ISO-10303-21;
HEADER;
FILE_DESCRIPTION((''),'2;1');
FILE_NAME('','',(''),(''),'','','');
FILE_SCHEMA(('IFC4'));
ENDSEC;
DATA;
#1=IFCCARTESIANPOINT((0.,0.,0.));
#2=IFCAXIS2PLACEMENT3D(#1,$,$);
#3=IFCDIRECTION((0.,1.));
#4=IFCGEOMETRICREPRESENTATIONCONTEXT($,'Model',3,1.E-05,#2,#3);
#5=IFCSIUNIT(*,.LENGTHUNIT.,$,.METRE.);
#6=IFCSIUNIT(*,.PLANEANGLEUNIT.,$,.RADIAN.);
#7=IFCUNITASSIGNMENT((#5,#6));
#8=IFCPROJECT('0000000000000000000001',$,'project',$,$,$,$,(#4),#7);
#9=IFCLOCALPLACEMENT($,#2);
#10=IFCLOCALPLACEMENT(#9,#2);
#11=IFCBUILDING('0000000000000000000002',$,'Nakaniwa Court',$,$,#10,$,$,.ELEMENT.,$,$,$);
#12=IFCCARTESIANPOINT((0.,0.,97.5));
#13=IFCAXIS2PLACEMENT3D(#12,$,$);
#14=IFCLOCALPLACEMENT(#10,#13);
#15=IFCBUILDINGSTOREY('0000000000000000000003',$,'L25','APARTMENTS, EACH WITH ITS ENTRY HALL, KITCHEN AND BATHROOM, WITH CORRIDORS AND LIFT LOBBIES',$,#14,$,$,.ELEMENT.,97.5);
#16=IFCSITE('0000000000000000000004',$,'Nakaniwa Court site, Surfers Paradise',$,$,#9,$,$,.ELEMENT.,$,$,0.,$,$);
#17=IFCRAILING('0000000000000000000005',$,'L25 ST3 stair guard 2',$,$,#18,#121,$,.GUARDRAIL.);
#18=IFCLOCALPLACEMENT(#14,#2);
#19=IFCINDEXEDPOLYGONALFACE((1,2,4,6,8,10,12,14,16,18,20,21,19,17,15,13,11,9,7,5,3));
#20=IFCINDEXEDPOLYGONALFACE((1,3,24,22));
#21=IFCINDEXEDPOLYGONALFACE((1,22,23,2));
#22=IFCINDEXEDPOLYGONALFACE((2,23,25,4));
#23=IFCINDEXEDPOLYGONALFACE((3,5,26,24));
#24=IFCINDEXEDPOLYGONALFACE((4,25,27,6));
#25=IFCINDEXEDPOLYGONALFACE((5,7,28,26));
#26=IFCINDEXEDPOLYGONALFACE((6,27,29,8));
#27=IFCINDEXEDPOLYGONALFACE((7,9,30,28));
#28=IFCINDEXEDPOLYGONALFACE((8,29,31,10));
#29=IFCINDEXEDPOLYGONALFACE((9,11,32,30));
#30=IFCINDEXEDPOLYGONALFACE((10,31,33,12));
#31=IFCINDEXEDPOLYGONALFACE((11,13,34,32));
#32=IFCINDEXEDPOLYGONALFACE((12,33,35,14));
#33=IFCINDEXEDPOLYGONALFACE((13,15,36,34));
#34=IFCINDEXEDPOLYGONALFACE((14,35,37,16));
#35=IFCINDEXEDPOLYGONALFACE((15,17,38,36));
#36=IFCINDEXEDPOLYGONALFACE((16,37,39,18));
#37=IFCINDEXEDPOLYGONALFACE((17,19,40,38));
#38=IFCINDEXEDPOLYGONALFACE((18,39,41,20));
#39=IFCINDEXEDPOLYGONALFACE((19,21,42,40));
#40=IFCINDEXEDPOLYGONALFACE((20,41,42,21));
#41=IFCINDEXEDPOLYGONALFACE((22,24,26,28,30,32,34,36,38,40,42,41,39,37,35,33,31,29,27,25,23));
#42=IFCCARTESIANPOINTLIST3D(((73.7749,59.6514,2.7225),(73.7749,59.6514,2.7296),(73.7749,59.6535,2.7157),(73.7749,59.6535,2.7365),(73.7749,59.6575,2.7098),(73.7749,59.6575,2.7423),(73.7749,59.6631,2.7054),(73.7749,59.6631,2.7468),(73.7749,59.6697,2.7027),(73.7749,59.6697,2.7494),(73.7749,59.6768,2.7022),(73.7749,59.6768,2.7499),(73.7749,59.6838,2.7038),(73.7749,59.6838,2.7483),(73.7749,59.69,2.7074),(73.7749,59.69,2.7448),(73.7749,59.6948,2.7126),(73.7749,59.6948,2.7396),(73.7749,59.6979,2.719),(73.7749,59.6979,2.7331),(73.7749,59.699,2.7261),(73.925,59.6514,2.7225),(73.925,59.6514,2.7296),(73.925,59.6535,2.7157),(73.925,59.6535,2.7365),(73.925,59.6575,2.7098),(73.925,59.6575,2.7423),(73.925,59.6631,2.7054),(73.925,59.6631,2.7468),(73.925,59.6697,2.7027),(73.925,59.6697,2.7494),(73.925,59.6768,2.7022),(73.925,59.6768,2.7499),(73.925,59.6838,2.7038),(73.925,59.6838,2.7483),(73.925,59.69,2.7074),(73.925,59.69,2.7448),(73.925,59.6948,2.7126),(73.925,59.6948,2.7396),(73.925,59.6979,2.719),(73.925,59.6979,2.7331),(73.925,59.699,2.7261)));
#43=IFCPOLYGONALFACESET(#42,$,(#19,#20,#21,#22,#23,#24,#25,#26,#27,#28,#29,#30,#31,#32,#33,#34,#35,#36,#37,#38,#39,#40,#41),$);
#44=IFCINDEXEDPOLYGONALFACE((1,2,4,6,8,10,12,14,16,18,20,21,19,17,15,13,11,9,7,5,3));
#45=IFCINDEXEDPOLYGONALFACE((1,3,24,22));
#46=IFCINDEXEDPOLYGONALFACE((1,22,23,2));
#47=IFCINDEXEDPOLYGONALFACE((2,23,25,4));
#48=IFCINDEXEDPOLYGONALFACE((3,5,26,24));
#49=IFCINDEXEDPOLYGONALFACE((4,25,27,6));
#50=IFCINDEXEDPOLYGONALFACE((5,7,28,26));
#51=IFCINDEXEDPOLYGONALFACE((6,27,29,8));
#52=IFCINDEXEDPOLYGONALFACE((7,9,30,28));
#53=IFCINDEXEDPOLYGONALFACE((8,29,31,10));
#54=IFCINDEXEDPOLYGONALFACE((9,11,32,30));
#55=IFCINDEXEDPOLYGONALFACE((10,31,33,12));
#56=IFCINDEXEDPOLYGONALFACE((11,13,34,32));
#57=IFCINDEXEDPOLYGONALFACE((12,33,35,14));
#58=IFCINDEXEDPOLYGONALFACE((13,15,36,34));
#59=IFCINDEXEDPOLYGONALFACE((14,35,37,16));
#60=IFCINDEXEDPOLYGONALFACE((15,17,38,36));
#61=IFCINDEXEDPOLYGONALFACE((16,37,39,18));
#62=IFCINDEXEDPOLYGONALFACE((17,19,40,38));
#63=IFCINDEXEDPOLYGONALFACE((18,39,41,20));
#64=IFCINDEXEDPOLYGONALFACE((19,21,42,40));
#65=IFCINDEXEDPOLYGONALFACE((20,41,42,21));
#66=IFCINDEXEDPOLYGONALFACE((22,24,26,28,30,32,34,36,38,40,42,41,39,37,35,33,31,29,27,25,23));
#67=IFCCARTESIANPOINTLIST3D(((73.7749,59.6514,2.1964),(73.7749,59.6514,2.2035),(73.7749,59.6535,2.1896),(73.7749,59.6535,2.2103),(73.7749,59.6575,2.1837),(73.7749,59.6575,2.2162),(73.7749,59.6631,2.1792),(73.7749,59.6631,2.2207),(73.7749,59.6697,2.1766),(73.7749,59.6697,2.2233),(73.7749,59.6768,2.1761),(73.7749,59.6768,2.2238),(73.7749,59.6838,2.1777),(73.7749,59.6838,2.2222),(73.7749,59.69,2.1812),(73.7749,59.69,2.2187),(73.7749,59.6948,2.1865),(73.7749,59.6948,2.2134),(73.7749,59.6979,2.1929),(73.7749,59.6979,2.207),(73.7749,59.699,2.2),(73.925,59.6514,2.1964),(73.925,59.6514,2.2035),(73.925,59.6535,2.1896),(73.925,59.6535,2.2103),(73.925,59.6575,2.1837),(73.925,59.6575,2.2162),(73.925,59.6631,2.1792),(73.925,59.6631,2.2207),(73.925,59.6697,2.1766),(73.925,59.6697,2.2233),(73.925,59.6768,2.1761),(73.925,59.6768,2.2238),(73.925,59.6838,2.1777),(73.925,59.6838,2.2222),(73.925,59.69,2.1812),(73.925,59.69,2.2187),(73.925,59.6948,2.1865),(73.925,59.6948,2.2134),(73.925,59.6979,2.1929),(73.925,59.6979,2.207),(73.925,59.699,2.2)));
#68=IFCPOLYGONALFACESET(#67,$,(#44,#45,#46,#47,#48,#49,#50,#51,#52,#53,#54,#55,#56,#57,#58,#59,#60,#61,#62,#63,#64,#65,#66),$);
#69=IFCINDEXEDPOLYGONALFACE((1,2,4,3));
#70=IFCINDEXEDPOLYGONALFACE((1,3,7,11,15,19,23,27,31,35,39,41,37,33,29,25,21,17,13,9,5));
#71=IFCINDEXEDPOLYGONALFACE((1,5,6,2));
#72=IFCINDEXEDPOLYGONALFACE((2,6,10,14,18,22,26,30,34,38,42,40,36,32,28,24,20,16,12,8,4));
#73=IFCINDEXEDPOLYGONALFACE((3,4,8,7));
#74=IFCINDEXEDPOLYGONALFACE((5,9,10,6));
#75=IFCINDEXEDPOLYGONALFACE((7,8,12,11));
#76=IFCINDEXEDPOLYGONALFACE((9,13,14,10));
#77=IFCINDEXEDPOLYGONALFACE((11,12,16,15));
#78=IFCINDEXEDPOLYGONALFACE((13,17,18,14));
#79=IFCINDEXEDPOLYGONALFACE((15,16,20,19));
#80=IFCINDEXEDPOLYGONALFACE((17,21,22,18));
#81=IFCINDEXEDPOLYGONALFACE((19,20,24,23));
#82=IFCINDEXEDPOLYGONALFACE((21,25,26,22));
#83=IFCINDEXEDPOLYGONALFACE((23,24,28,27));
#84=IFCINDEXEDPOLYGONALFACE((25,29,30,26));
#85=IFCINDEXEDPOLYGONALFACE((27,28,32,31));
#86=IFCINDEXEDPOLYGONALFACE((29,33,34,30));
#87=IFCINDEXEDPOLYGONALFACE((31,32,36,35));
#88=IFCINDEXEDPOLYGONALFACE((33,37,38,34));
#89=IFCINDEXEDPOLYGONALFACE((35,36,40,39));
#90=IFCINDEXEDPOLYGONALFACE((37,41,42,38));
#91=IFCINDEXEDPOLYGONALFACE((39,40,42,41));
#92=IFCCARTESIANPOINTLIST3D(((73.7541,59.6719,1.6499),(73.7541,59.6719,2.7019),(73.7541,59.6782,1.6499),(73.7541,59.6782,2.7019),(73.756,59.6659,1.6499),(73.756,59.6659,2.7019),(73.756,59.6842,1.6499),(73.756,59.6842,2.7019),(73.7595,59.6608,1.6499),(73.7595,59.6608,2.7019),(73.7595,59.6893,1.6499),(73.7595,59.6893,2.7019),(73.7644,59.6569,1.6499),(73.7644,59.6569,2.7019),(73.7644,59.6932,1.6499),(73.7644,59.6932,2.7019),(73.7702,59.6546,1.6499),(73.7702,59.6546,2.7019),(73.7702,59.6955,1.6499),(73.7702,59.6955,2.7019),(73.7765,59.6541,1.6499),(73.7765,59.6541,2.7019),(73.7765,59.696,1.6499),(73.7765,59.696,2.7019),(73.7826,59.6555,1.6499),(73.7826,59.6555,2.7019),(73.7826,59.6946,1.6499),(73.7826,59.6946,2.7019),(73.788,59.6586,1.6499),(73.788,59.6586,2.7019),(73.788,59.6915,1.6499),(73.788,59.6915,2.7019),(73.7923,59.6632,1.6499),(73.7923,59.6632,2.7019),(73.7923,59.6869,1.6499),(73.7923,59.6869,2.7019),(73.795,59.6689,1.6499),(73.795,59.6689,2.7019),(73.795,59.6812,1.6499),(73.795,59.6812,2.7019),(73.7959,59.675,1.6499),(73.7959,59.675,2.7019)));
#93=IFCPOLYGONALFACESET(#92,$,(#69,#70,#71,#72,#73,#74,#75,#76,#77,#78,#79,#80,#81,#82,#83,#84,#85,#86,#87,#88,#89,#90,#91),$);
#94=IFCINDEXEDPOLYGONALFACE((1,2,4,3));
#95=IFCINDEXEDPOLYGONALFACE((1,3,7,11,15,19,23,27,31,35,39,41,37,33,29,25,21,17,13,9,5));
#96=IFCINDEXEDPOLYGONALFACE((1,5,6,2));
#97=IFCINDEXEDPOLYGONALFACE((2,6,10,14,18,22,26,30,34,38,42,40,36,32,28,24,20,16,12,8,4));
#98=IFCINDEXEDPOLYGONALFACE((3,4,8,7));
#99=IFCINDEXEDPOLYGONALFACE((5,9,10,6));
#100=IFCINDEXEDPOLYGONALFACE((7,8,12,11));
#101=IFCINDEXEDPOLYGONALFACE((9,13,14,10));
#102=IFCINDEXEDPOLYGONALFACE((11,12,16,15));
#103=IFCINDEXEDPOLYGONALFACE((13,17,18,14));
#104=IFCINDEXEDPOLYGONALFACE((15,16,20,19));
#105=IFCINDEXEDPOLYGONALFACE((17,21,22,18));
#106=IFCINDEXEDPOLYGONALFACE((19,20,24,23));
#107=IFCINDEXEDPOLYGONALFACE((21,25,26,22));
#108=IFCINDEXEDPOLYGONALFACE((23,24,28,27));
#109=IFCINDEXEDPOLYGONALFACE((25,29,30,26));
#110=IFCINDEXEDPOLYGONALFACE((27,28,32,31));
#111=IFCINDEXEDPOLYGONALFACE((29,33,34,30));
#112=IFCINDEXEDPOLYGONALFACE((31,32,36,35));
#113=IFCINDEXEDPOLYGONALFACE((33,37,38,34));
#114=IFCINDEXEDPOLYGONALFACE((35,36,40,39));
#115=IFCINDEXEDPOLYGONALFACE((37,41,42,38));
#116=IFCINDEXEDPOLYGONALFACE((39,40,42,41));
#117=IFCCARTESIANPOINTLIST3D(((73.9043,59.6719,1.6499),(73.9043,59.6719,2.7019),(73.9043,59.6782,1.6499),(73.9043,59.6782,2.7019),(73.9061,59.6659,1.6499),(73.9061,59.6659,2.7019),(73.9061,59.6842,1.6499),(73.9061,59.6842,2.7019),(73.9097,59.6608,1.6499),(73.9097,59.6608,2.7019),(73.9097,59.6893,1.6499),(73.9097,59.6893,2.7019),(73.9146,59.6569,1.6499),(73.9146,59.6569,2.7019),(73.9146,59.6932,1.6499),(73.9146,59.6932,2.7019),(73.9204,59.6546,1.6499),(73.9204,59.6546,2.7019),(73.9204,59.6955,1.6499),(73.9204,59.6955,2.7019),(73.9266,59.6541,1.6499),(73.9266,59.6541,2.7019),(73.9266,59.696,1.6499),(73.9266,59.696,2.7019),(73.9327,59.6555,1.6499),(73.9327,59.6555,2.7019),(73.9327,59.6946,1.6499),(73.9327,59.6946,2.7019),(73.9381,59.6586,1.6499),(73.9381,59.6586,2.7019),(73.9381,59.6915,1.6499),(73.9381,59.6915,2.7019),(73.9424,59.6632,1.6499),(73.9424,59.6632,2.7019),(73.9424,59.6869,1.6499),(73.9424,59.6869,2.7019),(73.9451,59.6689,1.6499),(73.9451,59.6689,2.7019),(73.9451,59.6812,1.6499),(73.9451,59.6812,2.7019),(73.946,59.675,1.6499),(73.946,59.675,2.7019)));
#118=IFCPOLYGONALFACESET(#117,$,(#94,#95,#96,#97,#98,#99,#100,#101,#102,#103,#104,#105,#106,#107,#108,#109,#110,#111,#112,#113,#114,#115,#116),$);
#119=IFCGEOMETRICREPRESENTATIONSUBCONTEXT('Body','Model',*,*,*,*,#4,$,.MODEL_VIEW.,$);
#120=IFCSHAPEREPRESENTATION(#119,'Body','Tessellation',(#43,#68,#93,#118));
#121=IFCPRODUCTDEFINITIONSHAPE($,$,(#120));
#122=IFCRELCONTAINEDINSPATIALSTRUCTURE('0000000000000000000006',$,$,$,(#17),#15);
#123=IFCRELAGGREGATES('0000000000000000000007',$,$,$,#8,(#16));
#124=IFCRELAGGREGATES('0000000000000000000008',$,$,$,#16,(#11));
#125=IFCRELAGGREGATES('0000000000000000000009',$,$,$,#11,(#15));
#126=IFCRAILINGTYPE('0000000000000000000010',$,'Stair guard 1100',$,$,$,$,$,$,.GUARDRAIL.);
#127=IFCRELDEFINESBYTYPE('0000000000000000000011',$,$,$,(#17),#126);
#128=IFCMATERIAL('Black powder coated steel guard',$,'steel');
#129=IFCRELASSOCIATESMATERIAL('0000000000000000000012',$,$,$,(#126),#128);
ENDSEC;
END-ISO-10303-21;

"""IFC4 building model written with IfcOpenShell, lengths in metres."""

from ifc_helpers import new_model, si_unit, direction, frame, origin, origin_2d, place, context, subcontext, project, spatial, circle, extrude, material, type_object, element, save


model = new_model("IFC4")

# Units and contexts
model_context = context("Model", 3, precision=1e-05, world=origin(), true_north=direction((0.0, 1.0)))
body_context = subcontext(model_context, "Body", "Model", "MODEL_VIEW")
ifc_project = project(units=[si_unit("LENGTHUNIT", "METRE"), si_unit("PLANEANGLEUNIT", "RADIAN")], contexts=[model_context])

# Site, building, storey
site_placement = place(None, origin())
site = spatial("IfcSite", under=ifc_project, at=site_placement, Name="Nakaniwa Court site, Surfers Paradise", CompositionType="ELEMENT", RefElevation=0.0)
building_placement = place(site_placement, origin())
building = spatial("IfcBuilding", under=site, at=building_placement, Name="Nakaniwa Court", CompositionType="ELEMENT")
storey_placement = place(building_placement, frame((0.0, 0.0, 97.5)))
storey = spatial("IfcBuildingStorey", under=building, at=storey_placement, Name="L25", Description="APARTMENTS, EACH WITH ITS ENTRY HALL, KITCHEN AND BATHROOM, WITH CORRIDORS AND LIFT LOBBIES", CompositionType="ELEMENT", Elevation=97.5)

# Railing
ifc_material_1 = material(Name="Black powder coated steel guard", Category="steel")
railing_type_1 = type_object("IfcRailingType", Name="Stair guard 1100", PredefinedType="GUARDRAIL", material=ifc_material_1)
railing_1_placement = place(storey_placement, frame((73.7749, 59.675, 1.6499)))
element("IfcRailing", 1, at=railing_1_placement, inside=storey, type_object=railing_type_1, Name="L25 ST3 stair guard 2", PredefinedType="GUARDRAIL", context=body_context, shape_type="SweptSolid", body=[
    extrude(circle(Radius=0.0239, at=origin_2d()), frame((0.0, 0.0, 1.0762), z_axis=(1.0, 0.0, 0.0), x_axis=(0.0, 1.0, 0.0)), (0.0, 0.0, 1.0), 0.1501),
    extrude(circle(Radius=0.0239, at=origin_2d()), frame((0.0, 0.0, 0.55), z_axis=(1.0, 0.0, 0.0), x_axis=(0.0, 1.0, 0.0)), (0.0, 0.0, 1.0), 0.1501),
    extrude(circle(Radius=0.021, at=origin_2d()), origin(), (0.0, 0.0, 1.0), 1.052),
    extrude(circle(Radius=0.021, at=origin_2d()), frame((0.1501, 0.0, 0.0)), (0.0, 0.0, 1.0), 1.052),
])

save(model, "model.ifc")
